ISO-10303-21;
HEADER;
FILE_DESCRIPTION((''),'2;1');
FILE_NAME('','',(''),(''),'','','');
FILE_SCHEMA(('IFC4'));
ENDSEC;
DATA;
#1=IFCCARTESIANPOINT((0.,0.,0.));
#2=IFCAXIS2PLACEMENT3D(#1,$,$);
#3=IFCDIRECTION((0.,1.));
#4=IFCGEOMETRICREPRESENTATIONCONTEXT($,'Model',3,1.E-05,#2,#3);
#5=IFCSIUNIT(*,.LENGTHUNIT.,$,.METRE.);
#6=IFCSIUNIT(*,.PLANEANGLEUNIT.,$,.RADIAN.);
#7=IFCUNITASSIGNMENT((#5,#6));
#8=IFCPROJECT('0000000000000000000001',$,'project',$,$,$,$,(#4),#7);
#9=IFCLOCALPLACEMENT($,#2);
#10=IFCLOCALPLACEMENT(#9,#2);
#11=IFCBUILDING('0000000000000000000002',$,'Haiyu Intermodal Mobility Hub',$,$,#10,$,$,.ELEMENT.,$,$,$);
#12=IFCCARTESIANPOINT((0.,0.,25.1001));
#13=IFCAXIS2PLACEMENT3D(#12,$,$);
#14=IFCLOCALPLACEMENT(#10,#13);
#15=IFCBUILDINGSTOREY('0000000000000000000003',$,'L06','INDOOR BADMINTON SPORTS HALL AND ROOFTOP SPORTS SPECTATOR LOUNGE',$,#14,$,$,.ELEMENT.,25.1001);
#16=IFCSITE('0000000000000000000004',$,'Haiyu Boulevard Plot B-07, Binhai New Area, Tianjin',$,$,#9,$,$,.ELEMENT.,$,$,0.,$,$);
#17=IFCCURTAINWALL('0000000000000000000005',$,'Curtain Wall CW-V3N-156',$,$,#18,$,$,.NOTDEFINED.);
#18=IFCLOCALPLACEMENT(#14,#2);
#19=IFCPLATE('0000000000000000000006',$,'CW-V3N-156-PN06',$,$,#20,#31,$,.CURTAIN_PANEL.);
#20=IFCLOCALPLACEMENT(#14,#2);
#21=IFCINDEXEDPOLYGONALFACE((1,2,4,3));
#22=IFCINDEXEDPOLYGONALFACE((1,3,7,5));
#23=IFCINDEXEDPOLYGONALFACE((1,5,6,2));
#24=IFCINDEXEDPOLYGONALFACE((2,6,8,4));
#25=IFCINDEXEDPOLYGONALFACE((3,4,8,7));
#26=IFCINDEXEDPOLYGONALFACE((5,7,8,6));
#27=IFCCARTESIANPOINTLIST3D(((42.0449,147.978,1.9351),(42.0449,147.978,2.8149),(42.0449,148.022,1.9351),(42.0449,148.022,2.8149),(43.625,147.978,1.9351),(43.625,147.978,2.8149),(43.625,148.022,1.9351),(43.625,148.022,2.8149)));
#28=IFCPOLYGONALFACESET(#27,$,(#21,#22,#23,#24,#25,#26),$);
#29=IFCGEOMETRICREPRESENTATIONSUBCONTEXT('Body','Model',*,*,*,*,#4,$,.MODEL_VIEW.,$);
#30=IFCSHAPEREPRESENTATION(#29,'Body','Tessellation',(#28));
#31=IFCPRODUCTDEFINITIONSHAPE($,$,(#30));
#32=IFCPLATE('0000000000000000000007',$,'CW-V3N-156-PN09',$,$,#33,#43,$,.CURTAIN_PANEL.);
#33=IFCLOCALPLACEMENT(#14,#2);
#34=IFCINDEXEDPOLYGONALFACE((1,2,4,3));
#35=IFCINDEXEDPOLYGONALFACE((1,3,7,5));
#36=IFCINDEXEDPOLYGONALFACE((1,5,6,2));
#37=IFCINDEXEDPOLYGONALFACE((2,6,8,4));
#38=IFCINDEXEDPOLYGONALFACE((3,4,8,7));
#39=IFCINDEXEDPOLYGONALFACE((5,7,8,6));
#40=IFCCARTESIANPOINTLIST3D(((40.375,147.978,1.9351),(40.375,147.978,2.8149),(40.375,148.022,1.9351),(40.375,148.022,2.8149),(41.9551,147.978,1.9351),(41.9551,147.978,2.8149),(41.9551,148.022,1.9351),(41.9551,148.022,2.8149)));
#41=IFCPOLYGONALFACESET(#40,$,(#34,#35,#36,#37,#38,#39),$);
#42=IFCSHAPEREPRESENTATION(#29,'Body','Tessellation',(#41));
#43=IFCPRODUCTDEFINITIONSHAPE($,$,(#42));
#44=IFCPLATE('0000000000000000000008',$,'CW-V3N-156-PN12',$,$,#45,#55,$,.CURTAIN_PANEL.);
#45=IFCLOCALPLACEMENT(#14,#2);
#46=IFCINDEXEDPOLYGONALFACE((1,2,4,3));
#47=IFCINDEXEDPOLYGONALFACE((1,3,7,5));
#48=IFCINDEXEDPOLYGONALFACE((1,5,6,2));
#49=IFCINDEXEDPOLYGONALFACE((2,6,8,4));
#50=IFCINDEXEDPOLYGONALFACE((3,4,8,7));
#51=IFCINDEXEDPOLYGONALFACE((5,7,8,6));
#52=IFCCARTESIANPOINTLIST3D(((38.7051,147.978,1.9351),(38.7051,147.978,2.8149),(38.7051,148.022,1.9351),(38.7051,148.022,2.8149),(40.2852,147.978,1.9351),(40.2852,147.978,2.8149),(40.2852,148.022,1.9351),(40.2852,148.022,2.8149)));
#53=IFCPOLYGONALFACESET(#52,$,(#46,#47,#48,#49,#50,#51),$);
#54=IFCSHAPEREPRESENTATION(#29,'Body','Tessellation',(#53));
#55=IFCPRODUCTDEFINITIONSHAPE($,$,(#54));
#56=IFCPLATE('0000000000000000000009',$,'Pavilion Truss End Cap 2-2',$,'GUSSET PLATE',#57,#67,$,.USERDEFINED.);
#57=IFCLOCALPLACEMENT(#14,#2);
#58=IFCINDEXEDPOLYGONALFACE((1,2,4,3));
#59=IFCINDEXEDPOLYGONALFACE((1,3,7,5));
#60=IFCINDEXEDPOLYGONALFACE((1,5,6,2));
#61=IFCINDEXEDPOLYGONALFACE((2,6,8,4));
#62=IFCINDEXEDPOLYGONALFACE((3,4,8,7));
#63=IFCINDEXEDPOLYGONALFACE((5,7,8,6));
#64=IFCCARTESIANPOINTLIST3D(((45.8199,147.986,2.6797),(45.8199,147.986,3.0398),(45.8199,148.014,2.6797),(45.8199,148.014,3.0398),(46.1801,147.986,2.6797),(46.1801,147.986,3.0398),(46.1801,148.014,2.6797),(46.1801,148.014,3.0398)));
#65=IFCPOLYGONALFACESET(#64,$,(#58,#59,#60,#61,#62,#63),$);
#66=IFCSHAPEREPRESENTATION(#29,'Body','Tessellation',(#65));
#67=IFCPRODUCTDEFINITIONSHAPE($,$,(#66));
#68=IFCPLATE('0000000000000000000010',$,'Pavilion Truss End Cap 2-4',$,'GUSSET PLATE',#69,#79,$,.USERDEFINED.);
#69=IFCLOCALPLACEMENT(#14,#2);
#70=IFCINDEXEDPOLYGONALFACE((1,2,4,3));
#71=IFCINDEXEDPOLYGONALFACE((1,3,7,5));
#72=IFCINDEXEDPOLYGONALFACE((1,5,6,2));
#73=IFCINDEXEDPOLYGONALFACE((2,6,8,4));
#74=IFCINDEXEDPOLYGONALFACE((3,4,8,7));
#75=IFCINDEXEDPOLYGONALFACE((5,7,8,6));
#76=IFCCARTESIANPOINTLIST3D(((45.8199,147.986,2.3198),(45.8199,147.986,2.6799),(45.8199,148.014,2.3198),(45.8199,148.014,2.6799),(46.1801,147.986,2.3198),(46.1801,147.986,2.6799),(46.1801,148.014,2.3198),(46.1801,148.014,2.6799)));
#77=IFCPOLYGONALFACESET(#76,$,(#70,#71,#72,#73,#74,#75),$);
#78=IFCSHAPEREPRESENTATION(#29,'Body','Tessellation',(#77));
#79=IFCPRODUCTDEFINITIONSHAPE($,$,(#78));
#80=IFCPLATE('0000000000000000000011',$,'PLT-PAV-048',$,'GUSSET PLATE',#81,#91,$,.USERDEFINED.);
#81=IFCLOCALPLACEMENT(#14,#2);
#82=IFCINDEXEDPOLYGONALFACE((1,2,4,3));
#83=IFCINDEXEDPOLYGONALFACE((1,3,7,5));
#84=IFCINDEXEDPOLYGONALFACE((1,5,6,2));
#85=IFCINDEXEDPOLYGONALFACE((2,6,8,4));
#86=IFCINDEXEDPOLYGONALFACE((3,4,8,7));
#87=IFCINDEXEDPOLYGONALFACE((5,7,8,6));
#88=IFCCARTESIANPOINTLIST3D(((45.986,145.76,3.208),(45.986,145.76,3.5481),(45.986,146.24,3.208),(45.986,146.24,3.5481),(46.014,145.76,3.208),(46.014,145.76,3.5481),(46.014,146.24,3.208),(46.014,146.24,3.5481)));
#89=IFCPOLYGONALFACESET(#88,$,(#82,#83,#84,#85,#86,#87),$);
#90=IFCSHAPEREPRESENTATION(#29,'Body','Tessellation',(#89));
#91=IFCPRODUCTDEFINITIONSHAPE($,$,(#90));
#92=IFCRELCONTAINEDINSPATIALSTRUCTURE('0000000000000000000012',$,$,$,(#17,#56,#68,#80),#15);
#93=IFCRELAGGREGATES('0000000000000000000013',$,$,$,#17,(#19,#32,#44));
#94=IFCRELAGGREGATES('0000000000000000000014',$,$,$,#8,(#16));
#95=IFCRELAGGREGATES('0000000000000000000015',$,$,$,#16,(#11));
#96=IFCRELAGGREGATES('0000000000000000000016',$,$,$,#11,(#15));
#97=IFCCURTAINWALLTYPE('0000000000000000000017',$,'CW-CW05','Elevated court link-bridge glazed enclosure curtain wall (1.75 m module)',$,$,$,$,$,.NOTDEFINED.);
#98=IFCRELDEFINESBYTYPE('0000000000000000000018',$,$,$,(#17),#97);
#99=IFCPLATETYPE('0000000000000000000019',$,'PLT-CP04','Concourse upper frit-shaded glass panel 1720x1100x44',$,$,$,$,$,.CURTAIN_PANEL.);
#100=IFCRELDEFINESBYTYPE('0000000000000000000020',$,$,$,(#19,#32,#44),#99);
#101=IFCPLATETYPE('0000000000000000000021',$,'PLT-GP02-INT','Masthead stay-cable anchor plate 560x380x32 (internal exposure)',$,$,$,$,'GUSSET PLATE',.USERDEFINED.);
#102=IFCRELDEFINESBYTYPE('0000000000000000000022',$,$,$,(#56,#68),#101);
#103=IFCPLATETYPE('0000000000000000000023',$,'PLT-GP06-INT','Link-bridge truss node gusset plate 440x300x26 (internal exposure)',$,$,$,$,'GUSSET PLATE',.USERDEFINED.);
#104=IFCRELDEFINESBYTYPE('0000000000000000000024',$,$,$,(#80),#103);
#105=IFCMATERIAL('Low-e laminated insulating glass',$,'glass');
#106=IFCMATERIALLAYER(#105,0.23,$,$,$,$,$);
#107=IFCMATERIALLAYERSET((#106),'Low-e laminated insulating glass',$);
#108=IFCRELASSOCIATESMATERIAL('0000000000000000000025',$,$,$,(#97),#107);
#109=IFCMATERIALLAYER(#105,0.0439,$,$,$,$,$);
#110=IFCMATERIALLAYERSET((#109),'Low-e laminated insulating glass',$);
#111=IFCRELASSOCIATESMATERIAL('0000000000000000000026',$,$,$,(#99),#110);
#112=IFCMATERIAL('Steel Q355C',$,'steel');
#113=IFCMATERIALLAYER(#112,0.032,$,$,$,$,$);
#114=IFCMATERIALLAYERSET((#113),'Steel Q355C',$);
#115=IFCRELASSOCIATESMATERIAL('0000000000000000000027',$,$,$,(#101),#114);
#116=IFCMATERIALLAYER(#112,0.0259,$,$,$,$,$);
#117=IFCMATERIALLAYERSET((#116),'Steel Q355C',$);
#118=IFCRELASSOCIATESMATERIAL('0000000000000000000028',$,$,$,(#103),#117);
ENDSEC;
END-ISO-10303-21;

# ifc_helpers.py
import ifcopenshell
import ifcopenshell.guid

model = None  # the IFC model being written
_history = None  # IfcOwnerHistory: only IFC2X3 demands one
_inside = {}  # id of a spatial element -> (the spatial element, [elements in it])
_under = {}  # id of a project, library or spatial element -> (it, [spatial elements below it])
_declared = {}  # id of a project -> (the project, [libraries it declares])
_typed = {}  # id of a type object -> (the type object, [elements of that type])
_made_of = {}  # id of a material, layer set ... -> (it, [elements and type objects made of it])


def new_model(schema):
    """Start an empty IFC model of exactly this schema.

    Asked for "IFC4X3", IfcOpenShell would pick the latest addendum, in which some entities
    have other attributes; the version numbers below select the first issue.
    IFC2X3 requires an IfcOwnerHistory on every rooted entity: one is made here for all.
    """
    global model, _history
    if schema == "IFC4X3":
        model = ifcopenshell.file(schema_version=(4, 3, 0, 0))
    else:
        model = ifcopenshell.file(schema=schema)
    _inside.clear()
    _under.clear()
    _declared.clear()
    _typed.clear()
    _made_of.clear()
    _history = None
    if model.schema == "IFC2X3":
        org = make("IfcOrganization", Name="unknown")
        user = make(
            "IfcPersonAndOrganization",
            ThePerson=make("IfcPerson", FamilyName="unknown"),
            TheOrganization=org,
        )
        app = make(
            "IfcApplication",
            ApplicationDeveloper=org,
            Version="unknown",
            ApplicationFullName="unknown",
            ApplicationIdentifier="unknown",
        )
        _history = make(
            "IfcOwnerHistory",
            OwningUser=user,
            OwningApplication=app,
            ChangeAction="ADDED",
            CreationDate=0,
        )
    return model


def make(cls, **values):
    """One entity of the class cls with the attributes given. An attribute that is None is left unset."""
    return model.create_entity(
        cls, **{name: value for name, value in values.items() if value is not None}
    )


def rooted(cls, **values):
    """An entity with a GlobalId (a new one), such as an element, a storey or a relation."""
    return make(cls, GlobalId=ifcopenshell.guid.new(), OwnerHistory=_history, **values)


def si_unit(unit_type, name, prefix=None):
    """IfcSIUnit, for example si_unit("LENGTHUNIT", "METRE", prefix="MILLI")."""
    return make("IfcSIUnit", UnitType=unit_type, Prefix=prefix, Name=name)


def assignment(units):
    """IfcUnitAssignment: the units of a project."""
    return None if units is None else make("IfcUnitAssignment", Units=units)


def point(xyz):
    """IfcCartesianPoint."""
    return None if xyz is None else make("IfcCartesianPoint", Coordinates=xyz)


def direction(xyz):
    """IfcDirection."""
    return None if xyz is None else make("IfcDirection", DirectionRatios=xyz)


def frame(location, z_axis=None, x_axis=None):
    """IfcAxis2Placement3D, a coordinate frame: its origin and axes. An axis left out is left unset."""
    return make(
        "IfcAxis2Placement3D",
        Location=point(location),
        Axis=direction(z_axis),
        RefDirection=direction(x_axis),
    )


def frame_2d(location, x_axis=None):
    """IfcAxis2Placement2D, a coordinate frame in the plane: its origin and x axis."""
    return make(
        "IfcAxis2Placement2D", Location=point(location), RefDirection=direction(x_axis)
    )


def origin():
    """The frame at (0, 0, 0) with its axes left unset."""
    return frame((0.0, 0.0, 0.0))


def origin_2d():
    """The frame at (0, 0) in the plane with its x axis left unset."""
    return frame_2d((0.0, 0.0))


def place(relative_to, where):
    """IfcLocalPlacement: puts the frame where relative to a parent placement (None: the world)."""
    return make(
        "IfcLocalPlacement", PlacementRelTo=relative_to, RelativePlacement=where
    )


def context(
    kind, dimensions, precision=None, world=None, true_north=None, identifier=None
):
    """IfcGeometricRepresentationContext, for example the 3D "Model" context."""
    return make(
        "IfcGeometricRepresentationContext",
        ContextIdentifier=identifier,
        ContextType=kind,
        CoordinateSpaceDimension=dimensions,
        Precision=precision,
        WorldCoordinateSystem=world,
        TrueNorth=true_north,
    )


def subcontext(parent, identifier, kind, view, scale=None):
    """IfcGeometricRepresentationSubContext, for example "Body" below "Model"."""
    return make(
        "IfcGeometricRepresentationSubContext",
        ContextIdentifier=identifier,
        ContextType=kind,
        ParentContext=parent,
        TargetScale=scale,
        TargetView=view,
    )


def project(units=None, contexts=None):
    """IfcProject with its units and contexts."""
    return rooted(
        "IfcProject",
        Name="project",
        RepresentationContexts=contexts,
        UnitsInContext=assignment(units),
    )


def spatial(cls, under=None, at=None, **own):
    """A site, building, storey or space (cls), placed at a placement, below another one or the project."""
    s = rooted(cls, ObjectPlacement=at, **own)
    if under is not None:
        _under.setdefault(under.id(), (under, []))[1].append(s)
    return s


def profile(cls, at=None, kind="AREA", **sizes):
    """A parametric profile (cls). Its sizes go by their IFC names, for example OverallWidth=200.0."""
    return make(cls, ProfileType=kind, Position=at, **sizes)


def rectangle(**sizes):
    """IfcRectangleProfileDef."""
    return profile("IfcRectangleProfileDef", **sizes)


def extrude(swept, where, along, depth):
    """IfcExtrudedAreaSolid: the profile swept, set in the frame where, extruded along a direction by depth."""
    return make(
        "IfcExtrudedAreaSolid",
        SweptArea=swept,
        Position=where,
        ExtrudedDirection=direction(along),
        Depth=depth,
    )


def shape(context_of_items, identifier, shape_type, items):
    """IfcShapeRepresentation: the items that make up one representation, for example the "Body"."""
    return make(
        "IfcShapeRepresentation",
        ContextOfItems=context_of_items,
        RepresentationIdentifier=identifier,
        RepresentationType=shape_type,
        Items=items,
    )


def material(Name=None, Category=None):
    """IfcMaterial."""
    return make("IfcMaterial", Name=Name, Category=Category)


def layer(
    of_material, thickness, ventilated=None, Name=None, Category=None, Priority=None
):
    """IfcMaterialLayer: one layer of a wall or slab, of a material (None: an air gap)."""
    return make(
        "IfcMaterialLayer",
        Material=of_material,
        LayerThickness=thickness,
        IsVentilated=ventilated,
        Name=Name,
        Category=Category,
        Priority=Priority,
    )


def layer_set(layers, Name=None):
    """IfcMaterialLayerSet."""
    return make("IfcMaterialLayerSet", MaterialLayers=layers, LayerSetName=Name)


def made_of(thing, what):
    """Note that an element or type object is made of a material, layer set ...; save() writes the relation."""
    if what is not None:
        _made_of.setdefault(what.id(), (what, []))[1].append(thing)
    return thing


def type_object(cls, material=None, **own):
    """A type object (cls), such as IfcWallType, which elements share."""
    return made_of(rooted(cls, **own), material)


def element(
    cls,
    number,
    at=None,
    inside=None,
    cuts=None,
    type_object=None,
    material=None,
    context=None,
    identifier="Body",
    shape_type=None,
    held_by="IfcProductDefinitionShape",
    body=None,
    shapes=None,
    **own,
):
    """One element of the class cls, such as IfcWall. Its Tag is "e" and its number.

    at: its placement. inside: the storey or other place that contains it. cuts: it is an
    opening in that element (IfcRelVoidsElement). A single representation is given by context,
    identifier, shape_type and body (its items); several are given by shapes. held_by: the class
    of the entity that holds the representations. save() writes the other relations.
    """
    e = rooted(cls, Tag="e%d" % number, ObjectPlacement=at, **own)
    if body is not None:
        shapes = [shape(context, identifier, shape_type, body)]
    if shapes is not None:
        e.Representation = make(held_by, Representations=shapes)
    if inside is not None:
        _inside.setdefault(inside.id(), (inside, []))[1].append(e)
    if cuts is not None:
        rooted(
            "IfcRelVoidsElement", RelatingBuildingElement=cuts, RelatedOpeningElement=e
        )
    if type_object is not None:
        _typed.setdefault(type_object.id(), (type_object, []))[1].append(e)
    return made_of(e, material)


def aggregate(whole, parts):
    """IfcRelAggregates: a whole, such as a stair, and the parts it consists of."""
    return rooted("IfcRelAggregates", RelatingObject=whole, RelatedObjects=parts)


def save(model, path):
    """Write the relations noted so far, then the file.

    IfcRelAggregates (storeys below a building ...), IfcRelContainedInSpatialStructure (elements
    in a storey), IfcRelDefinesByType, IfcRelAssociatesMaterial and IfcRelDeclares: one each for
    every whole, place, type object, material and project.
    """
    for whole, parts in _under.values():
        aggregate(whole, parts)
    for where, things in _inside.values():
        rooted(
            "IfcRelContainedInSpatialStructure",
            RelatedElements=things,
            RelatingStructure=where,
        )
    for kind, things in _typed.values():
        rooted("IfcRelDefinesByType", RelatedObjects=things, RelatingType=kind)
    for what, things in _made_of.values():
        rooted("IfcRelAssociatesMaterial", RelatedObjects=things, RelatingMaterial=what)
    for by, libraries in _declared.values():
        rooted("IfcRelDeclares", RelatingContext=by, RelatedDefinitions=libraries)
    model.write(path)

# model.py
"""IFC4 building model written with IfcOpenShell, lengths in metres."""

from ifc_helpers import new_model, si_unit, direction, frame, origin, origin_2d, place, context, subcontext, project, spatial, rectangle, extrude, material, layer, layer_set, type_object, element, aggregate, save


model = new_model("IFC4")

# Units and contexts
model_context = context("Model", 3, precision=1e-05, world=origin(), true_north=direction((0.0, 1.0)))
body_context = subcontext(model_context, "Body", "Model", "MODEL_VIEW")
ifc_project = project(units=[si_unit("LENGTHUNIT", "METRE"), si_unit("PLANEANGLEUNIT", "RADIAN")], contexts=[model_context])

# Site, building, storey
site_placement = place(None, origin())
site = spatial("IfcSite", under=ifc_project, at=site_placement, Name="Haiyu Boulevard Plot B-07, Binhai New Area, Tianjin", CompositionType="ELEMENT", RefElevation=0.0)
building_placement = place(site_placement, origin())
building = spatial("IfcBuilding", under=site, at=building_placement, Name="Haiyu Intermodal Mobility Hub", CompositionType="ELEMENT")
storey_placement = place(building_placement, frame((0.0, 0.0, 25.1001)))
storey = spatial("IfcBuildingStorey", under=building, at=storey_placement, Name="L06", Description="INDOOR BADMINTON SPORTS HALL AND ROOFTOP SPORTS SPECTATOR LOUNGE", CompositionType="ELEMENT", Elevation=25.1001)

# Shared definitions
ifc_material_1 = material(Name="Steel Q355C", Category="steel")

# Curtain wall
ifc_material_2 = material(Name="Low-e laminated insulating glass", Category="glass")
ifc_layer_1 = layer(ifc_material_2, 0.23)
ifc_layer_set_1 = layer_set([ifc_layer_1], Name="Low-e laminated insulating glass")
curtain_wall_type = type_object("IfcCurtainWallType", Name="CW-CW05", Description="Elevated court link-bridge glazed enclosure curtain wall (1.75 m module)", PredefinedType="NOTDEFINED", material=ifc_layer_set_1)
curtain_wall_placement = place(storey_placement, origin())
curtain_wall = element("IfcCurtainWall", 1, at=curtain_wall_placement, inside=storey, type_object=curtain_wall_type, Name="Curtain Wall CW-V3N-156", PredefinedType="NOTDEFINED")

# Plates
ifc_layer_2 = layer(ifc_material_2, 0.0439)
ifc_layer_set_2 = layer_set([ifc_layer_2], Name="Low-e laminated insulating glass")
plate_type_1 = type_object("IfcPlateType", Name="PLT-CP04", Description="Concourse upper frit-shaded glass panel 1720x1100x44", PredefinedType="CURTAIN_PANEL", material=ifc_layer_set_2)
plate_1_placement = place(storey_placement, frame((42.835, 148.0, 1.9351), z_axis=(0.0, 0.0, 1.0), x_axis=(-1.0, 0.0, 0.0)))
plate_1 = element("IfcPlate", 2, at=plate_1_placement, type_object=plate_type_1, Name="CW-V3N-156-PN06", PredefinedType="CURTAIN_PANEL", context=body_context, shape_type="SweptSolid", body=[
    extrude(rectangle(XDim=1.5801, YDim=0.0439, at=origin_2d()), origin(), (0.0, 0.0, 1.0), 0.8799),
])
plate_2_placement = place(storey_placement, frame((41.165, 148.0, 1.9351), z_axis=(0.0, 0.0, 1.0), x_axis=(-1.0, 0.0, 0.0)))
plate_2 = element("IfcPlate", 3, at=plate_2_placement, type_object=plate_type_1, Name="CW-V3N-156-PN09", PredefinedType="CURTAIN_PANEL", context=body_context, shape_type="SweptSolid", body=[
    extrude(rectangle(XDim=1.5801, YDim=0.0439, at=origin_2d()), origin(), (0.0, 0.0, 1.0), 0.8799),
])
plate_3_placement = place(storey_placement, frame((39.4951, 148.0, 1.9351), z_axis=(0.0, 0.0, 1.0), x_axis=(-1.0, 0.0, 0.0)))
plate_3 = element("IfcPlate", 4, at=plate_3_placement, type_object=plate_type_1, Name="CW-V3N-156-PN12", PredefinedType="CURTAIN_PANEL", context=body_context, shape_type="SweptSolid", body=[
    extrude(rectangle(XDim=1.5801, YDim=0.0439, at=origin_2d()), origin(), (0.0, 0.0, 1.0), 0.8799),
])
aggregate(curtain_wall, [plate_1, plate_2, plate_3])

# Plates
ifc_layer_3 = layer(ifc_material_1, 0.032)
ifc_layer_set_3 = layer_set([ifc_layer_3], Name="Steel Q355C")
plate_type_2 = type_object("IfcPlateType", Name="PLT-GP02-INT", Description="Masthead stay-cable anchor plate 560x380x32 (internal exposure)", ElementType="GUSSET PLATE", PredefinedType="USERDEFINED", material=ifc_layer_set_3)
for number, where, z_axis, x_axis, name in (
    (5, (46.0, 148.0, 2.6797), (0.0, 0.0, 1.0), (1.0, 0.0, 0.0), "Pavilion Truss End Cap 2-2"),
    (6, (46.0, 148.0, 2.3198), (0.0, 0.0, 1.0), (1.0, 0.0, 0.0), "Pavilion Truss End Cap 2-4"),
):
    element("IfcPlate", number, at=place(storey_placement, frame(where, z_axis=z_axis, x_axis=x_axis)), inside=storey, type_object=plate_type_2, Name=name, ObjectType="GUSSET PLATE", PredefinedType="USERDEFINED", context=body_context, shape_type="SweptSolid", body=[
        extrude(rectangle(XDim=0.3601, YDim=0.0281, at=origin_2d()), origin(), (0.0, 0.0, 1.0), 0.3601),
    ])
ifc_layer_4 = layer(ifc_material_1, 0.0259)
ifc_layer_set_4 = layer_set([ifc_layer_4], Name="Steel Q355C")
plate_type_3 = type_object("IfcPlateType", Name="PLT-GP06-INT", Description="Link-bridge truss node gusset plate 440x300x26 (internal exposure)", ElementType="GUSSET PLATE", PredefinedType="USERDEFINED", material=ifc_layer_set_4)
plate_4_placement = place(storey_placement, frame((46.0, 146.0, 3.208), z_axis=(0.0, 0.0, 1.0), x_axis=(1.0, 0.0, 0.0)))
element("IfcPlate", 7, at=plate_4_placement, inside=storey, type_object=plate_type_3, Name="PLT-PAV-048", ObjectType="GUSSET PLATE", PredefinedType="USERDEFINED", context=body_context, shape_type="SweptSolid", body=[
    extrude(rectangle(XDim=0.0281, YDim=0.48, at=origin_2d()), origin(), (0.0, 0.0, 1.0), 0.3401),
])

save(model, "model.ifc")
